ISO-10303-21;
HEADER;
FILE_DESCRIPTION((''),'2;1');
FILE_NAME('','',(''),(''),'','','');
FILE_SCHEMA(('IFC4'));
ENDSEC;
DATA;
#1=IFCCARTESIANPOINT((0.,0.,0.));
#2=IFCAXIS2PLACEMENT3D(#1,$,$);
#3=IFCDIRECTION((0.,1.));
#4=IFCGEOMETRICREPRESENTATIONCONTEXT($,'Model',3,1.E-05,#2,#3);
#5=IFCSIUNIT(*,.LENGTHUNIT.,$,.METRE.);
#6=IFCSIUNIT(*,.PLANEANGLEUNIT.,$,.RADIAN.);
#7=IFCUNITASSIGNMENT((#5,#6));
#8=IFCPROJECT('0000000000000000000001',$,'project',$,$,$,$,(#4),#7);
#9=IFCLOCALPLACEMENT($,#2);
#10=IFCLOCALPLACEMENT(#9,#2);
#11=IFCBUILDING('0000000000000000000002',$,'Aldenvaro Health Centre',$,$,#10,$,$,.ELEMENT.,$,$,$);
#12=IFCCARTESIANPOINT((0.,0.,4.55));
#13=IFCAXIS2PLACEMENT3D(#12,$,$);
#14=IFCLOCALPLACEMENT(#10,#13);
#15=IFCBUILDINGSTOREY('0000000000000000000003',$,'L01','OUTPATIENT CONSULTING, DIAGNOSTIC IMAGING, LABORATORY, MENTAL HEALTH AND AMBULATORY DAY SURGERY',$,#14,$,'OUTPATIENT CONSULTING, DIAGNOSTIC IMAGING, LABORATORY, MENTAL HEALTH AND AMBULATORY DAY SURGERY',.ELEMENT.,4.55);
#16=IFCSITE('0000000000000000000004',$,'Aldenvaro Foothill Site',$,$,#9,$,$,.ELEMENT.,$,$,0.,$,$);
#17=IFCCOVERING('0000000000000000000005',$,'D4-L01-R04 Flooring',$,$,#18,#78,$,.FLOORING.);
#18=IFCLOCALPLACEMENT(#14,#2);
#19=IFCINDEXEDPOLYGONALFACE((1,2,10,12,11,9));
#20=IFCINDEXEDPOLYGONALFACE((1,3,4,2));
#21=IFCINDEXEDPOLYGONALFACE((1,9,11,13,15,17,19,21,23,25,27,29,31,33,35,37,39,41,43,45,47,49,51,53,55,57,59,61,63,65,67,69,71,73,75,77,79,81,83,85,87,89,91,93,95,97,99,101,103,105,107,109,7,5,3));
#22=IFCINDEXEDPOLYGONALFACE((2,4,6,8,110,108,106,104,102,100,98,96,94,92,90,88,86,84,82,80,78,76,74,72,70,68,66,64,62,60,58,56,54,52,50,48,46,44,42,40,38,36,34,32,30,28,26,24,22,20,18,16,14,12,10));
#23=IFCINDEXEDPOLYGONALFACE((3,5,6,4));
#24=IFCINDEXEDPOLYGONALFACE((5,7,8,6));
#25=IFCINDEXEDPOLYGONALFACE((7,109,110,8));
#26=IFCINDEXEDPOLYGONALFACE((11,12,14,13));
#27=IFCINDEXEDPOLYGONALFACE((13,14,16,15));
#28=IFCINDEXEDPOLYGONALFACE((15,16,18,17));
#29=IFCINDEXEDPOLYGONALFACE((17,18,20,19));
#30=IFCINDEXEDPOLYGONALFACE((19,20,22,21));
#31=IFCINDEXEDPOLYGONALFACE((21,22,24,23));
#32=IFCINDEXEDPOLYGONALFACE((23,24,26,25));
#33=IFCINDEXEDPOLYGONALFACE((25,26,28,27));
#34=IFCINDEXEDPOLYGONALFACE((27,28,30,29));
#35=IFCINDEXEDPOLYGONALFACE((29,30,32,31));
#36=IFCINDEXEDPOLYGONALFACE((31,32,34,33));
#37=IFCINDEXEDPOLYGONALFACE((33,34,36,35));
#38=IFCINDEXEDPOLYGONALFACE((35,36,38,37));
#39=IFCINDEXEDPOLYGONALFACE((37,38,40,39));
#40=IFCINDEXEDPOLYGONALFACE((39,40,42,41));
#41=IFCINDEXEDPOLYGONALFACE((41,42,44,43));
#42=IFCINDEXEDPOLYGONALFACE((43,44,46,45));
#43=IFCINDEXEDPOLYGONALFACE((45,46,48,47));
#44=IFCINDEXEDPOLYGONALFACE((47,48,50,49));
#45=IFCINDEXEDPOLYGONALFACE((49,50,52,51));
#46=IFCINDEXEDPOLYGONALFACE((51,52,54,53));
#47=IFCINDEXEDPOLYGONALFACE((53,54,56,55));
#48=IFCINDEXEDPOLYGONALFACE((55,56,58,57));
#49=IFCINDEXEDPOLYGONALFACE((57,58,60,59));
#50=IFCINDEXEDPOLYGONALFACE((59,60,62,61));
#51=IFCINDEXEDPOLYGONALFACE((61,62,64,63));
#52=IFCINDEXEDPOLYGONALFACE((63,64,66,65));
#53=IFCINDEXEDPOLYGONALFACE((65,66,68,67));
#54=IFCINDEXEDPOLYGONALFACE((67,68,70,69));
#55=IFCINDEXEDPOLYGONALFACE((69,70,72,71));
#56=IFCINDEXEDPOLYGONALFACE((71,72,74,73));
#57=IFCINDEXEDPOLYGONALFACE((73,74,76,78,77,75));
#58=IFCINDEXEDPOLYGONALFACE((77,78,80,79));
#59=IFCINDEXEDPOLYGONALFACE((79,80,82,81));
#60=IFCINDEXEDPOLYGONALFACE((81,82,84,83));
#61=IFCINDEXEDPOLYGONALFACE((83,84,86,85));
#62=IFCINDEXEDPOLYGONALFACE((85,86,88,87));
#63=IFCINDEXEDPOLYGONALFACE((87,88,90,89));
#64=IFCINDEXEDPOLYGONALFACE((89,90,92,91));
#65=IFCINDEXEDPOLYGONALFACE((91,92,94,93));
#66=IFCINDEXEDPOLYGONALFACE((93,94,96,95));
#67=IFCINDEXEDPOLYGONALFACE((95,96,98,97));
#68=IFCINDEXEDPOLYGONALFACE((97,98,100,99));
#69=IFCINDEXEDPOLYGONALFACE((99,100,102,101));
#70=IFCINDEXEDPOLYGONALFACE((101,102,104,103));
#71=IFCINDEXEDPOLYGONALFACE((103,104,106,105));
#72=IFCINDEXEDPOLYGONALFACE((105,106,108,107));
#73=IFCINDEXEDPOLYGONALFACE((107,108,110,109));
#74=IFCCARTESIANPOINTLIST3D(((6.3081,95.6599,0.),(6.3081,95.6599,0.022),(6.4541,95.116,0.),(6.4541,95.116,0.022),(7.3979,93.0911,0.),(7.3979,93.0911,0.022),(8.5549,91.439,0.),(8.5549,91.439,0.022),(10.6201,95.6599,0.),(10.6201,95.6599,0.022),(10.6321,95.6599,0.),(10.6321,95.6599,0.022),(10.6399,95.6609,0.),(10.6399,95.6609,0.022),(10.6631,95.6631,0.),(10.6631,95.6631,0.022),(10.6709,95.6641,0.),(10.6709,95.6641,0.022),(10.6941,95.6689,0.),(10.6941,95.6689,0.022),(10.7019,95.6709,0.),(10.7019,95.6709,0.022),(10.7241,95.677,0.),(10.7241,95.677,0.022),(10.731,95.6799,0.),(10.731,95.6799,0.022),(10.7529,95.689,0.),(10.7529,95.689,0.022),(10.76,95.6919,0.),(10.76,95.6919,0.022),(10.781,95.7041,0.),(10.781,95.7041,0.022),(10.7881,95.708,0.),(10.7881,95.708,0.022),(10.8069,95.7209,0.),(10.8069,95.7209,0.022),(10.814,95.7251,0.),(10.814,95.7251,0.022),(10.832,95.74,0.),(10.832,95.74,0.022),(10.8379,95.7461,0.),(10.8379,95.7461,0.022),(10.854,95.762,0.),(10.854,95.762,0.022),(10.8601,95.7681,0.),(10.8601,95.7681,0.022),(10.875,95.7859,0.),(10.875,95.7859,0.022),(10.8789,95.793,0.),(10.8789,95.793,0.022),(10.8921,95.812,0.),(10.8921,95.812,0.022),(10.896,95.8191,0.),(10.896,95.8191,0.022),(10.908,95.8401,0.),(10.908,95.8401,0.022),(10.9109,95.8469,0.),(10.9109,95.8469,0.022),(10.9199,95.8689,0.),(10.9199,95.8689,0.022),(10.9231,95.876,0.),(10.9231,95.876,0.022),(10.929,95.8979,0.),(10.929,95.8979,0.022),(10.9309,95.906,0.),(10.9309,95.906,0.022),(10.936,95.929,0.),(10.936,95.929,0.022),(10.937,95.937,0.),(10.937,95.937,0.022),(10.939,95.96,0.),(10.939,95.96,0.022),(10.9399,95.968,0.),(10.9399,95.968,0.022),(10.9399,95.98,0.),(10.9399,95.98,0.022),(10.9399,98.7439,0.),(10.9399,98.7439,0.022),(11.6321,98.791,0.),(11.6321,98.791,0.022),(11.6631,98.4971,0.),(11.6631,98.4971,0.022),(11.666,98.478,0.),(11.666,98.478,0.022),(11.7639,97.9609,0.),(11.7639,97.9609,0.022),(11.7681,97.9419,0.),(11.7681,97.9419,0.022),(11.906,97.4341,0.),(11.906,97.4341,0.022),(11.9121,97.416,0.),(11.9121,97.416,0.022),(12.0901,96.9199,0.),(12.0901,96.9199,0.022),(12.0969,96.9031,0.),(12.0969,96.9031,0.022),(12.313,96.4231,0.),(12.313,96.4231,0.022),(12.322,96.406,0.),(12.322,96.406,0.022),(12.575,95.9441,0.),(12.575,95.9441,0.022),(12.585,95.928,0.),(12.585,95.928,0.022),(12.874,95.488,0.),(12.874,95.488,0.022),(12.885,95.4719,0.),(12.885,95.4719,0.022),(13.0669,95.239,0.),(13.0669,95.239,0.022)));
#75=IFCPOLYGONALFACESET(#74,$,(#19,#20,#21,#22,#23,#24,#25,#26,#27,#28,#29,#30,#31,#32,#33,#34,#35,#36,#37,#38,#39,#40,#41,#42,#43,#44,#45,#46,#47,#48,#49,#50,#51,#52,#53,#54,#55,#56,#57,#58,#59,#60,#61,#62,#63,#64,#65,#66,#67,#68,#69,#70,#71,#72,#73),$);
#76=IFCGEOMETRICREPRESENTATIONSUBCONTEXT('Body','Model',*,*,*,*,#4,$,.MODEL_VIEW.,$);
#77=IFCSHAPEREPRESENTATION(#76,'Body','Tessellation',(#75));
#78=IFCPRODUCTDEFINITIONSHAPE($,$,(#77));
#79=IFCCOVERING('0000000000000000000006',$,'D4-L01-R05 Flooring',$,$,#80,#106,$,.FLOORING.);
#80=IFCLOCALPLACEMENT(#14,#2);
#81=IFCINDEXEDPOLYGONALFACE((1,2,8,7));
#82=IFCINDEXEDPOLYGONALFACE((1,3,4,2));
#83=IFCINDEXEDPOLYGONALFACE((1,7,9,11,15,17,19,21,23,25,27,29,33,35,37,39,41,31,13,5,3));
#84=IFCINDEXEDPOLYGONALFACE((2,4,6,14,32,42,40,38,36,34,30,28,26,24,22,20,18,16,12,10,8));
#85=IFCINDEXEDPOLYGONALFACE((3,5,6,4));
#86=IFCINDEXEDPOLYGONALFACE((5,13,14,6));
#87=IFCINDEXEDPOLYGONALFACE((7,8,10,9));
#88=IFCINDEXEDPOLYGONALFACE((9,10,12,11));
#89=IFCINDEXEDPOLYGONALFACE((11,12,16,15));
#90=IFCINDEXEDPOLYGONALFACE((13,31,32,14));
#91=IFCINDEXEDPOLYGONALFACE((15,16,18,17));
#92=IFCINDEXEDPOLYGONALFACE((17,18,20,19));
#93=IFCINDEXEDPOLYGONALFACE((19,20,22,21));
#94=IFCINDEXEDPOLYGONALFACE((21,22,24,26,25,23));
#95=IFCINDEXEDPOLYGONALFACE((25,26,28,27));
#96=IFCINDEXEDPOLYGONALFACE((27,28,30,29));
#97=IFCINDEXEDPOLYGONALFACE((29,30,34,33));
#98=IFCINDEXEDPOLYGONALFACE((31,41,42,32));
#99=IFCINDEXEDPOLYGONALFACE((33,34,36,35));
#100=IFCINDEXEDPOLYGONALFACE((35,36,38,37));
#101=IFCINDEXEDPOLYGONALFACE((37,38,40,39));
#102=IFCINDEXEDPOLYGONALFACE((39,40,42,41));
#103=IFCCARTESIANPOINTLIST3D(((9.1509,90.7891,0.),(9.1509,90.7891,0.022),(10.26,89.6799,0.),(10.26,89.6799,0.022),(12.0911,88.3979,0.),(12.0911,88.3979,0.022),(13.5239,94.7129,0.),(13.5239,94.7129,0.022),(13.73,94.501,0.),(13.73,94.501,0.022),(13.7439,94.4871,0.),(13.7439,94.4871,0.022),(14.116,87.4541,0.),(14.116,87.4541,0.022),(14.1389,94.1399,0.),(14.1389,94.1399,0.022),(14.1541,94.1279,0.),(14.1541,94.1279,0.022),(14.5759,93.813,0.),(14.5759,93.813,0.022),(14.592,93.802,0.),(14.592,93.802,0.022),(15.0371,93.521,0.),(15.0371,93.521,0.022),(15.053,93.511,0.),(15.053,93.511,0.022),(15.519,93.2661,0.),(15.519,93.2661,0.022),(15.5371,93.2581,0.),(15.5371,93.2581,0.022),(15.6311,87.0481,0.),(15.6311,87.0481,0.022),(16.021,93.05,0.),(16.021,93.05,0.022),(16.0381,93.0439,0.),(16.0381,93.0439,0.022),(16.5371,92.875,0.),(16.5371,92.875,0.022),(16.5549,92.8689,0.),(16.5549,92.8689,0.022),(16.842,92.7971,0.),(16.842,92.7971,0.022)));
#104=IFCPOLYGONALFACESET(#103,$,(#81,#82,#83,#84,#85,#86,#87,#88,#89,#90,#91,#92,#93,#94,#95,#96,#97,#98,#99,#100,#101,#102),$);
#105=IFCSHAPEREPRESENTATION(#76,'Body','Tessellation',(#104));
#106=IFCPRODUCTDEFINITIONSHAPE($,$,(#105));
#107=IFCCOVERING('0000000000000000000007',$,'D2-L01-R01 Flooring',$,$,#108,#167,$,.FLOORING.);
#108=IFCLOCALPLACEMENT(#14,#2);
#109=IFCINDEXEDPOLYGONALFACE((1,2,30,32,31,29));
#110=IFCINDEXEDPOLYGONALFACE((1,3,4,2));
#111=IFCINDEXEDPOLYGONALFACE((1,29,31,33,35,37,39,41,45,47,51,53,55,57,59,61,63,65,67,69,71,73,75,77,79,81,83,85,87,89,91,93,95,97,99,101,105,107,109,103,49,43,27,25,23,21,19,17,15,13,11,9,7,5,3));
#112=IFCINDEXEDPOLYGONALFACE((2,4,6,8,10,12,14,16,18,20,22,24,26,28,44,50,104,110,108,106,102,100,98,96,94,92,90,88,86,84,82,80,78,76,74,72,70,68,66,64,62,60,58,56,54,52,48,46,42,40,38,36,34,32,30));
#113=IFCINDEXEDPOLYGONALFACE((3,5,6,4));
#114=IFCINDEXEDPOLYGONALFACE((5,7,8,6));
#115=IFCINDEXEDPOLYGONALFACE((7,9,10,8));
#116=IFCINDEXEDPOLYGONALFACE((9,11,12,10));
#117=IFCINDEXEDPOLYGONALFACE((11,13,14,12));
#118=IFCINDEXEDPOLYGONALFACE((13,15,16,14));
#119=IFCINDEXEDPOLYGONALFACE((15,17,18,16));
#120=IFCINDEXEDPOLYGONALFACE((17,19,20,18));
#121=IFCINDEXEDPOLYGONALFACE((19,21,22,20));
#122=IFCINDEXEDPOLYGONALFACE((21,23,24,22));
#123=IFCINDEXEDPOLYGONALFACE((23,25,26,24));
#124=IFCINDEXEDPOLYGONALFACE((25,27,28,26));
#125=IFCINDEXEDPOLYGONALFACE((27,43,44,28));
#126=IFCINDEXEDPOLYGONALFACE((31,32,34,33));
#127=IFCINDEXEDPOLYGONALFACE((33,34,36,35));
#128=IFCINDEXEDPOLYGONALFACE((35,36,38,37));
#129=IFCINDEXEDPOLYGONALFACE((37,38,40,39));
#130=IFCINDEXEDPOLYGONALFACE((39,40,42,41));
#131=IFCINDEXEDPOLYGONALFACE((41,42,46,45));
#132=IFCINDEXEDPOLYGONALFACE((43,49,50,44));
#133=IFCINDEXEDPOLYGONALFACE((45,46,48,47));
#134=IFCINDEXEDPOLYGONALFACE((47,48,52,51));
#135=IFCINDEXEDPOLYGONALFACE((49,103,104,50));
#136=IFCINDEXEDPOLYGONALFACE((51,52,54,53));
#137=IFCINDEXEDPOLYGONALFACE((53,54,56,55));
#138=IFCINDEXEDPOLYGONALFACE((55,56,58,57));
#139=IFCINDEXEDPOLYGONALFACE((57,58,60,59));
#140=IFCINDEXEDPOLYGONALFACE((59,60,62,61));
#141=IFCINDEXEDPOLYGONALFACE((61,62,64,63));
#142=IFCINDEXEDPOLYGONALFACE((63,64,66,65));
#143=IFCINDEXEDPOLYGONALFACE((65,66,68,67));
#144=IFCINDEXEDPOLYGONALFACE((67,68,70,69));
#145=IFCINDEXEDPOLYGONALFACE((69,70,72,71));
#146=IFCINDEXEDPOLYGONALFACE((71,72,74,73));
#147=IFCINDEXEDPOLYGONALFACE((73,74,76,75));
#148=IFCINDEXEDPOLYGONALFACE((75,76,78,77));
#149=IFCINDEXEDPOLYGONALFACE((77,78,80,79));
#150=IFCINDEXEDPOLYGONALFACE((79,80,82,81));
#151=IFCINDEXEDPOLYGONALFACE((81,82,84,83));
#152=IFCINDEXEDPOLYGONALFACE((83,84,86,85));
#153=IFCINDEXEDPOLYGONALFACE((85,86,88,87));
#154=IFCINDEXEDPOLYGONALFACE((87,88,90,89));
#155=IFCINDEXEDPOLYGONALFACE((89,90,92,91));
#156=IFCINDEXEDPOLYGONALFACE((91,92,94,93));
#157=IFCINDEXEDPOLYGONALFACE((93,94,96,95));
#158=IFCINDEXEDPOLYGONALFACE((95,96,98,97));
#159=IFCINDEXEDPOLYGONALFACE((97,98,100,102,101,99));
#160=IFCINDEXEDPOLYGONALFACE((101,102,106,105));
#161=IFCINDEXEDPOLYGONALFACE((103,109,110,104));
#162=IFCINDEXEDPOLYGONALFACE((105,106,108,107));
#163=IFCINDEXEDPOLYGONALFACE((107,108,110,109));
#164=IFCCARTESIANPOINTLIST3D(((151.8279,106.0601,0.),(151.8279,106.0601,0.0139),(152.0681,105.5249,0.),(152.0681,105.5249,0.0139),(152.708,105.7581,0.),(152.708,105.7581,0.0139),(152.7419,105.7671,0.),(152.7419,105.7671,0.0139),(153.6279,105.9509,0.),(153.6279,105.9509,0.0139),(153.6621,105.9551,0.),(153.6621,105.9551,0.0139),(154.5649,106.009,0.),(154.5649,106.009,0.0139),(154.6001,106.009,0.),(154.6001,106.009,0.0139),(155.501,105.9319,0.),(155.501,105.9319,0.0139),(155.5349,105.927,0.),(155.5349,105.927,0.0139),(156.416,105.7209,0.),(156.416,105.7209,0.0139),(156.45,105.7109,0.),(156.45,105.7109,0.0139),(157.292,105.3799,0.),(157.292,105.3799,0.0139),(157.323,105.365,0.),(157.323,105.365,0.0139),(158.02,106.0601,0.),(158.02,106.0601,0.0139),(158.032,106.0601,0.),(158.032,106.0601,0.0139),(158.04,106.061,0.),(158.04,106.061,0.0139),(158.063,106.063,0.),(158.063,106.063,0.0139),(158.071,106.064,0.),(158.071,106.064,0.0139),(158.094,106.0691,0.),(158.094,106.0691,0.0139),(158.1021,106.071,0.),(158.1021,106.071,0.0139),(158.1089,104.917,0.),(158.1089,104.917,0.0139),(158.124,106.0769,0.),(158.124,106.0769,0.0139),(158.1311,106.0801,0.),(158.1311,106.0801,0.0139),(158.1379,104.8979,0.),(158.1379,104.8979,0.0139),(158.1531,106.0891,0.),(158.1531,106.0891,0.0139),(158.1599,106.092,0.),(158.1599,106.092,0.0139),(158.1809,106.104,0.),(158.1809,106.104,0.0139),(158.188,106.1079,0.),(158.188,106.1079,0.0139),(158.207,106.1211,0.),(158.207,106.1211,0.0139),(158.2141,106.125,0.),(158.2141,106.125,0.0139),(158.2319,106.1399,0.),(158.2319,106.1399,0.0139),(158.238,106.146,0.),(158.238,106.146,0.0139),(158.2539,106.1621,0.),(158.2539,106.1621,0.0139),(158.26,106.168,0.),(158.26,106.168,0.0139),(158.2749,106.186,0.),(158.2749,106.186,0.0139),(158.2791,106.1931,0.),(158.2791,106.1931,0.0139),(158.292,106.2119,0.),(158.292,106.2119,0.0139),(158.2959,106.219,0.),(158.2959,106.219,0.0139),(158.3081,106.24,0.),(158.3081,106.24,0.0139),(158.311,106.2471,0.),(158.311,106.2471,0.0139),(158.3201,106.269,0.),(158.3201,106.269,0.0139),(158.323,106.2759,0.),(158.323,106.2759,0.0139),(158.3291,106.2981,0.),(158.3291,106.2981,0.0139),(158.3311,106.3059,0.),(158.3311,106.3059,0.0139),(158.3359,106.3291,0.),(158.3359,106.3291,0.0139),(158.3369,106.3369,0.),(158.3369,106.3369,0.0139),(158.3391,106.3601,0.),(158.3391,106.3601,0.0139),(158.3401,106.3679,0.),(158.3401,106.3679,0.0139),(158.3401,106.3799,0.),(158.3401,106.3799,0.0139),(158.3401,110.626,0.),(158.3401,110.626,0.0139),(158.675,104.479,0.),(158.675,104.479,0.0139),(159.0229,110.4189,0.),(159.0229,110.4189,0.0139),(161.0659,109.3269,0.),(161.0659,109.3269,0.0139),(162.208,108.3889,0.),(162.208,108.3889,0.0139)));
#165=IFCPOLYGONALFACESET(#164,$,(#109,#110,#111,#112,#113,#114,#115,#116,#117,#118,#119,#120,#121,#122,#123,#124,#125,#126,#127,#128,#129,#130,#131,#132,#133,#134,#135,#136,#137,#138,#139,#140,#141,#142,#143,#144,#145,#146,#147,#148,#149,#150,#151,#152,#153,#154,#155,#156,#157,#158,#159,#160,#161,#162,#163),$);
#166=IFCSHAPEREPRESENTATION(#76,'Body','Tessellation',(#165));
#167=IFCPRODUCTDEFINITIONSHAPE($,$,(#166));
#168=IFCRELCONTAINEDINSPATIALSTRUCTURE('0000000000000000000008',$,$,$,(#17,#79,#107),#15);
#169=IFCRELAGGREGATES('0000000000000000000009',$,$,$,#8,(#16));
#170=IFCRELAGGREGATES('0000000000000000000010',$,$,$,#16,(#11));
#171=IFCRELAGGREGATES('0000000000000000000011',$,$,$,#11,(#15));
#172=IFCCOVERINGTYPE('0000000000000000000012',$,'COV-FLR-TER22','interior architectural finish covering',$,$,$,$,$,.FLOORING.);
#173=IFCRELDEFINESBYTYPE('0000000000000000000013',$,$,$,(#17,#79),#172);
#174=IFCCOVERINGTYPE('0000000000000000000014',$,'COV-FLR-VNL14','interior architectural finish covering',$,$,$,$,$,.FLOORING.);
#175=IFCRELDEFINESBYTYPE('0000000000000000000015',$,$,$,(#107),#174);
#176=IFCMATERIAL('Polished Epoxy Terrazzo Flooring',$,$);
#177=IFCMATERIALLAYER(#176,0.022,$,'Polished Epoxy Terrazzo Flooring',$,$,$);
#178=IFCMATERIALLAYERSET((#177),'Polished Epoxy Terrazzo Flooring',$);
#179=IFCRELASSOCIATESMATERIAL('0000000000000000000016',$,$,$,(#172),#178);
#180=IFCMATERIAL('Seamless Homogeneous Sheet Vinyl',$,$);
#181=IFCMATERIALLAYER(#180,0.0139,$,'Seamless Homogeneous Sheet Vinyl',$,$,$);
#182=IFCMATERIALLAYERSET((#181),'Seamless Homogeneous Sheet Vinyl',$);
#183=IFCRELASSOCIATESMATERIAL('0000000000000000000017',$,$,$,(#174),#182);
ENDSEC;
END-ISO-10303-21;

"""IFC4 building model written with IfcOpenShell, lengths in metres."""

from ifc_helpers import new_model, si_unit, direction, frame, origin, place, context, subcontext, project, spatial, polyline, outline, extrude, material, layer, layer_set, type_object, element, save


model = new_model("IFC4")

# Units and contexts
model_context = context("Model", 3, precision=1e-05, world=origin(), true_north=direction((0.0, 1.0)))
body_context = subcontext(model_context, "Body", "Model", "MODEL_VIEW")
ifc_project = project(units=[si_unit("LENGTHUNIT", "METRE"), si_unit("PLANEANGLEUNIT", "RADIAN")], contexts=[model_context])

# Site, building, storey
site_placement = place(None, origin())
site = spatial("IfcSite", under=ifc_project, at=site_placement, Name="Aldenvaro Foothill Site", CompositionType="ELEMENT", RefElevation=0.0)
building_placement = place(site_placement, origin())
building = spatial("IfcBuilding", under=site, at=building_placement, Name="Aldenvaro Health Centre", CompositionType="ELEMENT")
storey_placement = place(building_placement, frame((0.0, 0.0, 4.55)))
storey = spatial("IfcBuildingStorey", under=building, at=storey_placement, Name="L01", Description="OUTPATIENT CONSULTING, DIAGNOSTIC IMAGING, LABORATORY, MENTAL HEALTH AND AMBULATORY DAY SURGERY", LongName="OUTPATIENT CONSULTING, DIAGNOSTIC IMAGING, LABORATORY, MENTAL HEALTH AND AMBULATORY DAY SURGERY", CompositionType="ELEMENT", Elevation=4.55)

# Coverings
ifc_material_1 = material(Name="Polished Epoxy Terrazzo Flooring")
ifc_layer_1 = layer(ifc_material_1, 0.022, Name="Polished Epoxy Terrazzo Flooring")
ifc_layer_set_1 = layer_set([ifc_layer_1], Name="Polished Epoxy Terrazzo Flooring")
covering_type_1 = type_object("IfcCoveringType", Name="COV-FLR-TER22", Description="interior architectural finish covering", PredefinedType="FLOORING", material=ifc_layer_set_1)
covering_1_placement = place(storey_placement, origin())
element("IfcCovering", 1, at=covering_1_placement, inside=storey, type_object=covering_type_1, Name="D4-L01-R04 Flooring", PredefinedType="FLOORING", context=body_context, shape_type="SweptSolid", body=[
    extrude(outline(polyline([(8.5549, 91.439), (7.3979, 93.0911), (6.4541, 95.116), (6.3081, 95.6599), (10.6201, 95.6599), (10.6321, 95.6599), (10.6399, 95.6609), (10.6631, 95.6631), (10.6709, 95.6641), (10.6941, 95.6689), (10.7019, 95.6709), (10.7241, 95.677), (10.731, 95.6799), (10.7529, 95.689), (10.76, 95.6919), (10.781, 95.7041), (10.7881, 95.708), (10.8069, 95.7209), (10.814, 95.7251), (10.832, 95.74), (10.8379, 95.7461), (10.854, 95.762), (10.8601, 95.7681), (10.875, 95.7859), (10.8789, 95.793), (10.8921, 95.812), (10.896, 95.8191), (10.908, 95.8401), (10.9109, 95.8469), (10.9199, 95.8689), (10.9231, 95.876), (10.929, 95.8979), (10.9309, 95.906), (10.936, 95.929), (10.937, 95.937), (10.939, 95.96), (10.9399, 95.968), (10.9399, 95.98), (10.9399, 98.7439), (11.6321, 98.791), (11.6631, 98.4971), (11.666, 98.478), (11.7639, 97.9609), (11.7681, 97.9419), (11.906, 97.4341), (11.9121, 97.416), (12.0901, 96.9199), (12.0969, 96.9031), (12.313, 96.4231), (12.322, 96.406), (12.575, 95.9441), (12.585, 95.928), (12.874, 95.488), (12.885, 95.4719), (13.0669, 95.239), (8.5549, 91.439)])), origin(), (0.0, 0.0, 1.0), 0.022),
])
covering_2_placement = place(storey_placement, origin())
element("IfcCovering", 2, at=covering_2_placement, inside=storey, type_object=covering_type_1, Name="D4-L01-R05 Flooring", PredefinedType="FLOORING", context=body_context, shape_type="SweptSolid", body=[
    extrude(outline(polyline([(13.73, 94.501), (13.7439, 94.4871), (14.1389, 94.1399), (14.1541, 94.1279), (14.5759, 93.813), (14.592, 93.802), (15.0371, 93.521), (15.053, 93.511), (15.519, 93.2661), (15.5371, 93.2581), (16.021, 93.05), (16.0381, 93.0439), (16.5371, 92.875), (16.5549, 92.8689), (16.842, 92.7971), (15.6311, 87.0481), (14.116, 87.4541), (12.0911, 88.3979), (10.26, 89.6799), (9.1509, 90.7891), (13.5239, 94.7129), (13.73, 94.501)])), origin(), (0.0, 0.0, 1.0), 0.022),
])
ifc_material_2 = material(Name="Seamless Homogeneous Sheet Vinyl")
ifc_layer_2 = layer(ifc_material_2, 0.0139, Name="Seamless Homogeneous Sheet Vinyl")
ifc_layer_set_2 = layer_set([ifc_layer_2], Name="Seamless Homogeneous Sheet Vinyl")
covering_type_2 = type_object("IfcCoveringType", Name="COV-FLR-VNL14", Description="interior architectural finish covering", PredefinedType="FLOORING", material=ifc_layer_set_2)
covering_3_placement = place(storey_placement, origin())
element("IfcCovering", 3, at=covering_3_placement, inside=storey, type_object=covering_type_2, Name="D2-L01-R01 Flooring", PredefinedType="FLOORING", context=body_context, shape_type="SweptSolid", body=[
    extrude(outline(polyline([(158.1379, 104.8979), (158.1089, 104.917), (157.323, 105.365), (157.292, 105.3799), (156.45, 105.7109), (156.416, 105.7209), (155.5349, 105.927), (155.501, 105.9319), (154.6001, 106.009), (154.5649, 106.009), (153.6621, 105.9551), (153.6279, 105.9509), (152.7419, 105.7671), (152.708, 105.7581), (152.0681, 105.5249), (151.8279, 106.0601), (158.02, 106.0601), (158.032, 106.0601), (158.04, 106.061), (158.063, 106.063), (158.071, 106.064), (158.094, 106.0691), (158.1021, 106.071), (158.124, 106.0769), (158.1311, 106.0801), (158.1531, 106.0891), (158.1599, 106.092), (158.1809, 106.104), (158.188, 106.1079), (158.207, 106.1211), (158.2141, 106.125), (158.2319, 106.1399), (158.238, 106.146), (158.2539, 106.1621), (158.26, 106.168), (158.2749, 106.186), (158.2791, 106.1931), (158.292, 106.2119), (158.2959, 106.219), (158.3081, 106.24), (158.311, 106.2471), (158.3201, 106.269), (158.323, 106.2759), (158.3291, 106.2981), (158.3311, 106.3059), (158.3359, 106.3291), (158.3369, 106.3369), (158.3391, 106.3601), (158.3401, 106.3679), (158.3401, 106.3799), (158.3401, 110.626), (159.0229, 110.4189), (161.0659, 109.3269), (162.208, 108.3889), (158.675, 104.479), (158.1379, 104.8979)])), origin(), (0.0, 0.0, 1.0), 0.0139),
])

save(model, "model.ifc")
